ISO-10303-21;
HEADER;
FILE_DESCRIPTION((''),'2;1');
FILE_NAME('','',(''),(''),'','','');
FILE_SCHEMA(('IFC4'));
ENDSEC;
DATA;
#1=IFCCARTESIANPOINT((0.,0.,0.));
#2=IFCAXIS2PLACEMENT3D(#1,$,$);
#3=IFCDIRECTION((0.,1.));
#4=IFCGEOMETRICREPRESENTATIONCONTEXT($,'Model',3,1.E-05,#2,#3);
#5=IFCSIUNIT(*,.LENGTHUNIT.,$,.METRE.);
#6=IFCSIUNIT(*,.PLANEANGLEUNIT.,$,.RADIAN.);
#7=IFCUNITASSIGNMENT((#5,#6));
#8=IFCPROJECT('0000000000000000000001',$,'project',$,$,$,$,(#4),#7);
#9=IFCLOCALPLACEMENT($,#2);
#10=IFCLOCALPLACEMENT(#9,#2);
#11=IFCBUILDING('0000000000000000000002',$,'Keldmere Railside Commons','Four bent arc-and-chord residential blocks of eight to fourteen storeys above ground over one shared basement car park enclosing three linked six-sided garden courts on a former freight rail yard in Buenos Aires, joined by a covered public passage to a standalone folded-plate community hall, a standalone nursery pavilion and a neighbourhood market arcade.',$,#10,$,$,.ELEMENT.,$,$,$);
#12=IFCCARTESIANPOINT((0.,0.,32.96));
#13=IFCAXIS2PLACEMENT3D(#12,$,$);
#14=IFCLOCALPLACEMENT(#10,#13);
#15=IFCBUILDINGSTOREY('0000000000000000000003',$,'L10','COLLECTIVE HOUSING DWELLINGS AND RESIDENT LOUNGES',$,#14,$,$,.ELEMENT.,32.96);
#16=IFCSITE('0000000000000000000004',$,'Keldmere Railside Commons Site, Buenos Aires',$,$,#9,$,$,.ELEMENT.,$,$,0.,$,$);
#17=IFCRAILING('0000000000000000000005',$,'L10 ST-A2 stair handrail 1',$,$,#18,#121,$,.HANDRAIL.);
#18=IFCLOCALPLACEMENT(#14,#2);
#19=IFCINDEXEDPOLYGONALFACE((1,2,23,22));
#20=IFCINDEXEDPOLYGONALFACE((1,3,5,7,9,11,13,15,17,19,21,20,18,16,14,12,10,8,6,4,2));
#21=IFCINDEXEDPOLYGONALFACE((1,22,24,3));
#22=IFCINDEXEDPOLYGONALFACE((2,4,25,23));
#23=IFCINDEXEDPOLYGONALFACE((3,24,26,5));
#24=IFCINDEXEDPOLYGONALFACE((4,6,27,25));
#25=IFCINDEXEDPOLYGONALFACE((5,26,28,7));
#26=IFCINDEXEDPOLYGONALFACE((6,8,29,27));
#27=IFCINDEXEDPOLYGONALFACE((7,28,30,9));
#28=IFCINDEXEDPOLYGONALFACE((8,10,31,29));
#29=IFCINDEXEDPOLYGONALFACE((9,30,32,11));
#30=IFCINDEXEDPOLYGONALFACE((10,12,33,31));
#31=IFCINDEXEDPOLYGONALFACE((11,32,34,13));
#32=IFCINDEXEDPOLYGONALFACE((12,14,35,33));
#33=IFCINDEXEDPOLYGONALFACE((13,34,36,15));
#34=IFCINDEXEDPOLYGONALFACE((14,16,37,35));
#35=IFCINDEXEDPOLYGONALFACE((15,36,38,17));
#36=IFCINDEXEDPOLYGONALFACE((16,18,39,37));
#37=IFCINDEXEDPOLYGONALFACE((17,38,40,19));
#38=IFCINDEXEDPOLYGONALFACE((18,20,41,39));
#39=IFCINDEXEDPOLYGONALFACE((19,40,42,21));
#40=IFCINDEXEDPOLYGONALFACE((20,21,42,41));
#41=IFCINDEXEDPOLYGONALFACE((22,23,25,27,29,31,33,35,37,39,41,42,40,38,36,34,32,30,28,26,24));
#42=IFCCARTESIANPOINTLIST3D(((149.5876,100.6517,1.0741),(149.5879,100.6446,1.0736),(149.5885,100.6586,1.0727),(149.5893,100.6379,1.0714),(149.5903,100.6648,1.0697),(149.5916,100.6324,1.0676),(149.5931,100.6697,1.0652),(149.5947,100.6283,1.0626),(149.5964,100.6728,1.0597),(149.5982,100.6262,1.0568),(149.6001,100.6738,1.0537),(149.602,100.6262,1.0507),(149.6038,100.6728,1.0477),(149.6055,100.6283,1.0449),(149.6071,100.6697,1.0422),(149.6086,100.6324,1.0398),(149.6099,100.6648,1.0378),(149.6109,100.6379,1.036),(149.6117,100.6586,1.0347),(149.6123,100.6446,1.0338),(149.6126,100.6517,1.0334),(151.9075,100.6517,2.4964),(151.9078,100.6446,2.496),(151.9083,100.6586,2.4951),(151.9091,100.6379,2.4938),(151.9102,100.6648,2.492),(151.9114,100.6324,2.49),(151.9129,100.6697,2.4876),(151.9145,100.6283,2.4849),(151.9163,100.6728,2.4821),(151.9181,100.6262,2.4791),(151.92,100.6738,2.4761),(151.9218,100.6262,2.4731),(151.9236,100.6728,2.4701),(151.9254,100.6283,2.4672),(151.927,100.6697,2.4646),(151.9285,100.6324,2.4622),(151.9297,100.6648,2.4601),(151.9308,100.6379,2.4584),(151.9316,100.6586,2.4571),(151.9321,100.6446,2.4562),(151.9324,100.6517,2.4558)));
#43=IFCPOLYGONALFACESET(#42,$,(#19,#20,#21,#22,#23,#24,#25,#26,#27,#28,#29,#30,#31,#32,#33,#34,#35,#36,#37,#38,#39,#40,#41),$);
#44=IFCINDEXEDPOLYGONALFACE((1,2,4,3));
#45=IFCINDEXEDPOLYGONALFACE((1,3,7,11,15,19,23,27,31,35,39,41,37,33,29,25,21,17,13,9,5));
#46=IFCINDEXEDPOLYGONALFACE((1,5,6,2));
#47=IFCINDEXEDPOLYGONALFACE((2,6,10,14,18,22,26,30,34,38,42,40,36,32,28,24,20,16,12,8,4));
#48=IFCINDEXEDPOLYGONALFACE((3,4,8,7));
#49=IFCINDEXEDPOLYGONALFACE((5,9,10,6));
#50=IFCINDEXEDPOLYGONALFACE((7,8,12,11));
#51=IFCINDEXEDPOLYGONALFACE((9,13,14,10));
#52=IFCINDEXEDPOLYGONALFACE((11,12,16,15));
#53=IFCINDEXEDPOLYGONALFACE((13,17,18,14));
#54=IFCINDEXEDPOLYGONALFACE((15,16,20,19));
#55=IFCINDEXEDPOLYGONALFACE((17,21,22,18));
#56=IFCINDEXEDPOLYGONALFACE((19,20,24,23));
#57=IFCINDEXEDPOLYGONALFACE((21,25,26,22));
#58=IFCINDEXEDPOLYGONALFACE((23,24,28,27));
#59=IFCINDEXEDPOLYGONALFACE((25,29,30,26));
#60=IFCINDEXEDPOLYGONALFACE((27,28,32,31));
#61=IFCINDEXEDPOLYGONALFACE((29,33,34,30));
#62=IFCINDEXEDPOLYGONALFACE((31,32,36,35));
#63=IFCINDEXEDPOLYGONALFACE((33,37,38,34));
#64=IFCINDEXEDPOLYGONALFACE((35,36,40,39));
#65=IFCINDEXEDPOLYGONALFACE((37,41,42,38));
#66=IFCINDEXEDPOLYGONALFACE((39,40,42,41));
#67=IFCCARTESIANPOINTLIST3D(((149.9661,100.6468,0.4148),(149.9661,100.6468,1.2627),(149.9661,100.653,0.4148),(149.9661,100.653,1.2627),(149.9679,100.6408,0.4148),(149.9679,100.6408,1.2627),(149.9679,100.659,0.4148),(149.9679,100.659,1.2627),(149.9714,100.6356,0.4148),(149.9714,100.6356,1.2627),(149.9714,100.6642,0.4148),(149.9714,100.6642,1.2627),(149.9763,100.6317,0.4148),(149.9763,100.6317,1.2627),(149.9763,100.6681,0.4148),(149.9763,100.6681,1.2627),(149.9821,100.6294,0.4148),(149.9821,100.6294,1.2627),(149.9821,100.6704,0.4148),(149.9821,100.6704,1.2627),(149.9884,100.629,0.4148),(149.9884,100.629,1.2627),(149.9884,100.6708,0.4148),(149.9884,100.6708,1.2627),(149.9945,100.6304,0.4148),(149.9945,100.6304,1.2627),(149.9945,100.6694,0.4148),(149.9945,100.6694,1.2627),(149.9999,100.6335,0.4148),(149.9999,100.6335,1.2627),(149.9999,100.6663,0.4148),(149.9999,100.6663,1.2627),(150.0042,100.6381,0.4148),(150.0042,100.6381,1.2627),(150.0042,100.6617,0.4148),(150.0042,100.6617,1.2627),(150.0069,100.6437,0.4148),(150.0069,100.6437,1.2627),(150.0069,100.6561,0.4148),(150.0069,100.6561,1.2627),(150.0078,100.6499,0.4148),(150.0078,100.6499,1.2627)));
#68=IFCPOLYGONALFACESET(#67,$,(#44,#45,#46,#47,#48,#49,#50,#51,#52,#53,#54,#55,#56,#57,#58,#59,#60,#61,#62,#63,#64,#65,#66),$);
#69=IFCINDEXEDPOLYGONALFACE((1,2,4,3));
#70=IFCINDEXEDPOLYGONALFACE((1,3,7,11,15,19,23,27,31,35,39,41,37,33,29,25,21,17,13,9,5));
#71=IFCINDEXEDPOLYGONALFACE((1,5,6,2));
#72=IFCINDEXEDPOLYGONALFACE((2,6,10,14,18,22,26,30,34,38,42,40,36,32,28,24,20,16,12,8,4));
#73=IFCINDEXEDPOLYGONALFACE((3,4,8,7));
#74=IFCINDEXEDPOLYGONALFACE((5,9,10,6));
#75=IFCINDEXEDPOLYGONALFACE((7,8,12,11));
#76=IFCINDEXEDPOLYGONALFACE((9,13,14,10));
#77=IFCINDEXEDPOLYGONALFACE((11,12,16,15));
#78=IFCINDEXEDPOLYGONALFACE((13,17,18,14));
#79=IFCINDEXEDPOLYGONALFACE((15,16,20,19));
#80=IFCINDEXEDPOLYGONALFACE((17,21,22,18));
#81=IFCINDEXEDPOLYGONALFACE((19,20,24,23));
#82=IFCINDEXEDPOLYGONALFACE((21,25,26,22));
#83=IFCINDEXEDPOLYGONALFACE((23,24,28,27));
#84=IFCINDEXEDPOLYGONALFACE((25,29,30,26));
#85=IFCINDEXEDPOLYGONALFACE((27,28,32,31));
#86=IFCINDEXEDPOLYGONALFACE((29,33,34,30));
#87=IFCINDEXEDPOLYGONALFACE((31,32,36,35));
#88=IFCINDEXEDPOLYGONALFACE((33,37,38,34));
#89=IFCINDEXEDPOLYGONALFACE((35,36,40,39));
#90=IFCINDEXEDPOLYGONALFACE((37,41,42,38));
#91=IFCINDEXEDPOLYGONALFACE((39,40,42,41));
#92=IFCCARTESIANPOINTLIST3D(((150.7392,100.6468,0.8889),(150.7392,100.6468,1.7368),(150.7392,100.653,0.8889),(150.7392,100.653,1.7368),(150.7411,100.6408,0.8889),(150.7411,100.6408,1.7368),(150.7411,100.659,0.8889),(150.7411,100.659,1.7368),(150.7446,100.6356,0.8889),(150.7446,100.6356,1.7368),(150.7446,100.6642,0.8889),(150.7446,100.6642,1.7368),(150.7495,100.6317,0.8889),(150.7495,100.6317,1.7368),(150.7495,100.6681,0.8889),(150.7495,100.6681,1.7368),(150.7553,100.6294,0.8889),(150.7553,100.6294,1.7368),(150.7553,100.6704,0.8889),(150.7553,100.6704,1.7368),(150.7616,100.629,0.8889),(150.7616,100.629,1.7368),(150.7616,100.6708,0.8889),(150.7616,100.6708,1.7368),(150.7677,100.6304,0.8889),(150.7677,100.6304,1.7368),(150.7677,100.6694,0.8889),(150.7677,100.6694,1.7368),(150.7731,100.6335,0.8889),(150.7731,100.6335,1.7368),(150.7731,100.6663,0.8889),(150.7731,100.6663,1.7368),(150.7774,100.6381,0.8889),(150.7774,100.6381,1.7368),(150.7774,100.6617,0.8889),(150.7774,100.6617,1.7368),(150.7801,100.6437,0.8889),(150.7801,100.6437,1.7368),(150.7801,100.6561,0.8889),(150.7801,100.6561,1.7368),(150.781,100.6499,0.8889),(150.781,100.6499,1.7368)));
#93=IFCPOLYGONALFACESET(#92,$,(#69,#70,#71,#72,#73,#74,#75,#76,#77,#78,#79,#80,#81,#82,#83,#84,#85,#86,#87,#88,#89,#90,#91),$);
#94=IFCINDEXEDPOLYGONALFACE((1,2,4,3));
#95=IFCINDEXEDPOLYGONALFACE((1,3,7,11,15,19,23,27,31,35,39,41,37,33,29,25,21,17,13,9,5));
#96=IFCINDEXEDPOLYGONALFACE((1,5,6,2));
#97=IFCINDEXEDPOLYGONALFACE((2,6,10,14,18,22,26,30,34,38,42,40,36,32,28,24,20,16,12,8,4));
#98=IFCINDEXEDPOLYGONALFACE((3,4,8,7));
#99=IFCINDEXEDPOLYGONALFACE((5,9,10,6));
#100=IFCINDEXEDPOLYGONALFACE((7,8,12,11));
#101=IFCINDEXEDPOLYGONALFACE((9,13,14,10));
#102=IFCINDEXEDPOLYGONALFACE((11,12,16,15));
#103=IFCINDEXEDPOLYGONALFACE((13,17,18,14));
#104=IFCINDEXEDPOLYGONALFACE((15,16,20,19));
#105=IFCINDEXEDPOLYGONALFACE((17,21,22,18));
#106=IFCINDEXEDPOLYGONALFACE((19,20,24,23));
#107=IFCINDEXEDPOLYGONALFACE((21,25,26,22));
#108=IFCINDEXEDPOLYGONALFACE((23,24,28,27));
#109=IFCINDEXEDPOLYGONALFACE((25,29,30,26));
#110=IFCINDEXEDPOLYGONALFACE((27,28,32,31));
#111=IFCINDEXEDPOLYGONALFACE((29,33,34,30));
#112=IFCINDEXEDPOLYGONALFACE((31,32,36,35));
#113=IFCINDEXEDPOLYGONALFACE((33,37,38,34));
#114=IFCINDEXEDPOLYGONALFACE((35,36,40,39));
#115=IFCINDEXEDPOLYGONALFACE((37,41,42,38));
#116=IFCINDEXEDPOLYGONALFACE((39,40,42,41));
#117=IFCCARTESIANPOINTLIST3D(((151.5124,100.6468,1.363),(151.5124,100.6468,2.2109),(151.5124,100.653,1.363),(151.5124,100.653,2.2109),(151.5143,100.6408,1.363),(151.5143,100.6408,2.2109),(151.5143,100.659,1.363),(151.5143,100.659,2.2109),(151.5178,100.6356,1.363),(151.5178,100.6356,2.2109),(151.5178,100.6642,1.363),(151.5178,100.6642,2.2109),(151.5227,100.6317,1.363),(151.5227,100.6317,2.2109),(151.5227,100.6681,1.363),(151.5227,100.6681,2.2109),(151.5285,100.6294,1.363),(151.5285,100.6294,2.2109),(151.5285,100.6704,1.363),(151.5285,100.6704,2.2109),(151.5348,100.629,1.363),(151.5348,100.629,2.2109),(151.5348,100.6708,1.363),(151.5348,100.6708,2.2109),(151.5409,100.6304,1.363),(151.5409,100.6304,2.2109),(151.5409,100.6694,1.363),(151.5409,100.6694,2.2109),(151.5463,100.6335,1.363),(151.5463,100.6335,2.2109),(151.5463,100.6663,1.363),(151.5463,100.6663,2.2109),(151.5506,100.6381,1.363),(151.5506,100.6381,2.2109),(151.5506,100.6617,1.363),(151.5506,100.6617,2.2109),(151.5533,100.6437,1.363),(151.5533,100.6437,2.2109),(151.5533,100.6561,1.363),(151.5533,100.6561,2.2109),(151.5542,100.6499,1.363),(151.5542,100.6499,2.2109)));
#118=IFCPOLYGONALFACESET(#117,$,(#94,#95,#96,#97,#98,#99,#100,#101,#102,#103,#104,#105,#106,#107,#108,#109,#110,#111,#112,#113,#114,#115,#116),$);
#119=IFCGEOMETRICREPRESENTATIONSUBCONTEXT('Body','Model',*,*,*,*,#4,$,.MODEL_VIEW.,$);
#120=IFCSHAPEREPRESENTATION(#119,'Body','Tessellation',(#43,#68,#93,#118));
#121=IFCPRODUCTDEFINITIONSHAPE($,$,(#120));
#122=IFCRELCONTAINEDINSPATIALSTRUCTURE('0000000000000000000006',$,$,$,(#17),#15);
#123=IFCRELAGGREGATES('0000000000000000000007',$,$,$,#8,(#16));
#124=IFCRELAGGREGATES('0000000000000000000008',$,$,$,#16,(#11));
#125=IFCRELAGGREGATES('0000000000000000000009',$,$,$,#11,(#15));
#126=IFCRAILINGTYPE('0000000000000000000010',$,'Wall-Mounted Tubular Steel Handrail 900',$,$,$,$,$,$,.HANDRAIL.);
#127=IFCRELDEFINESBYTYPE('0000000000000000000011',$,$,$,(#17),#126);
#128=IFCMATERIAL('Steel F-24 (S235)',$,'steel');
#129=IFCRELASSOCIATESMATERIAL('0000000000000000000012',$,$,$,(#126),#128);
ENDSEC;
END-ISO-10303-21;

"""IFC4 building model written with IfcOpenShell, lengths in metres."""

from ifc_helpers import new_model, si_unit, direction, frame, origin, origin_2d, place, context, subcontext, project, spatial, circle, extrude, material, type_object, element, save


model = new_model("IFC4")

# Units and contexts
model_context = context("Model", 3, precision=1e-05, world=origin(), true_north=direction((0.0, 1.0)))
body_context = subcontext(model_context, "Body", "Model", "MODEL_VIEW")
ifc_project = project(units=[si_unit("LENGTHUNIT", "METRE"), si_unit("PLANEANGLEUNIT", "RADIAN")], contexts=[model_context])

# Site, building, storey
site_placement = place(None, origin())
site = spatial("IfcSite", under=ifc_project, at=site_placement, Name="Keldmere Railside Commons Site, Buenos Aires", CompositionType="ELEMENT", RefElevation=0.0)
building_placement = place(site_placement, origin())
building = spatial("IfcBuilding", under=site, at=building_placement, Name="Keldmere Railside Commons", Description="Four bent arc-and-chord residential blocks of eight to fourteen storeys above ground over one shared basement car park enclosing three linked six-sided garden courts on a former freight rail yard in Buenos Aires, joined by a covered public passage to a standalone folded-plate community hall, a standalone nursery pavilion and a neighbourhood market arcade.", CompositionType="ELEMENT")
storey_placement = place(building_placement, frame((0.0, 0.0, 32.96)))
storey = spatial("IfcBuildingStorey", under=building, at=storey_placement, Name="L10", Description="COLLECTIVE HOUSING DWELLINGS AND RESIDENT LOUNGES", CompositionType="ELEMENT", Elevation=32.96)

# Shared definitions
ifc_material_1 = material(Name="Steel F-24 (S235)", Category="steel")

# Railing
railing_type_1 = type_object("IfcRailingType", Name="Wall-Mounted Tubular Steel Handrail 900", PredefinedType="HANDRAIL", material=ifc_material_1)
railing_1_placement = place(storey_placement, frame((149.6001, 100.6499, 0.1777)))
element("IfcRailing", 1, at=railing_1_placement, inside=storey, type_object=railing_type_1, Name="L10 ST-A2 stair handrail 1", PredefinedType="HANDRAIL", context=body_context, shape_type="SweptSolid", body=[
    extrude(circle(Radius=0.0239, at=origin_2d()), frame((0.0, 0.0, 0.876), z_axis=(0.852514, 0.0, 0.522705), x_axis=(0.0, 1.0, 0.0)), (0.0, 0.0, 1.0), 2.7212),
    extrude(circle(Radius=0.021, at=origin_2d()), frame((0.3867, 0.0, 0.2371)), (0.0, 0.0, 1.0), 0.8479),
    extrude(circle(Radius=0.021, at=origin_2d()), frame((1.1599, 0.0, 0.7112)), (0.0, 0.0, 1.0), 0.8479),
    extrude(circle(Radius=0.021, at=origin_2d()), frame((1.9331, 0.0, 1.1853)), (0.0, 0.0, 1.0), 0.8479),
])

save(model, "model.ifc")
